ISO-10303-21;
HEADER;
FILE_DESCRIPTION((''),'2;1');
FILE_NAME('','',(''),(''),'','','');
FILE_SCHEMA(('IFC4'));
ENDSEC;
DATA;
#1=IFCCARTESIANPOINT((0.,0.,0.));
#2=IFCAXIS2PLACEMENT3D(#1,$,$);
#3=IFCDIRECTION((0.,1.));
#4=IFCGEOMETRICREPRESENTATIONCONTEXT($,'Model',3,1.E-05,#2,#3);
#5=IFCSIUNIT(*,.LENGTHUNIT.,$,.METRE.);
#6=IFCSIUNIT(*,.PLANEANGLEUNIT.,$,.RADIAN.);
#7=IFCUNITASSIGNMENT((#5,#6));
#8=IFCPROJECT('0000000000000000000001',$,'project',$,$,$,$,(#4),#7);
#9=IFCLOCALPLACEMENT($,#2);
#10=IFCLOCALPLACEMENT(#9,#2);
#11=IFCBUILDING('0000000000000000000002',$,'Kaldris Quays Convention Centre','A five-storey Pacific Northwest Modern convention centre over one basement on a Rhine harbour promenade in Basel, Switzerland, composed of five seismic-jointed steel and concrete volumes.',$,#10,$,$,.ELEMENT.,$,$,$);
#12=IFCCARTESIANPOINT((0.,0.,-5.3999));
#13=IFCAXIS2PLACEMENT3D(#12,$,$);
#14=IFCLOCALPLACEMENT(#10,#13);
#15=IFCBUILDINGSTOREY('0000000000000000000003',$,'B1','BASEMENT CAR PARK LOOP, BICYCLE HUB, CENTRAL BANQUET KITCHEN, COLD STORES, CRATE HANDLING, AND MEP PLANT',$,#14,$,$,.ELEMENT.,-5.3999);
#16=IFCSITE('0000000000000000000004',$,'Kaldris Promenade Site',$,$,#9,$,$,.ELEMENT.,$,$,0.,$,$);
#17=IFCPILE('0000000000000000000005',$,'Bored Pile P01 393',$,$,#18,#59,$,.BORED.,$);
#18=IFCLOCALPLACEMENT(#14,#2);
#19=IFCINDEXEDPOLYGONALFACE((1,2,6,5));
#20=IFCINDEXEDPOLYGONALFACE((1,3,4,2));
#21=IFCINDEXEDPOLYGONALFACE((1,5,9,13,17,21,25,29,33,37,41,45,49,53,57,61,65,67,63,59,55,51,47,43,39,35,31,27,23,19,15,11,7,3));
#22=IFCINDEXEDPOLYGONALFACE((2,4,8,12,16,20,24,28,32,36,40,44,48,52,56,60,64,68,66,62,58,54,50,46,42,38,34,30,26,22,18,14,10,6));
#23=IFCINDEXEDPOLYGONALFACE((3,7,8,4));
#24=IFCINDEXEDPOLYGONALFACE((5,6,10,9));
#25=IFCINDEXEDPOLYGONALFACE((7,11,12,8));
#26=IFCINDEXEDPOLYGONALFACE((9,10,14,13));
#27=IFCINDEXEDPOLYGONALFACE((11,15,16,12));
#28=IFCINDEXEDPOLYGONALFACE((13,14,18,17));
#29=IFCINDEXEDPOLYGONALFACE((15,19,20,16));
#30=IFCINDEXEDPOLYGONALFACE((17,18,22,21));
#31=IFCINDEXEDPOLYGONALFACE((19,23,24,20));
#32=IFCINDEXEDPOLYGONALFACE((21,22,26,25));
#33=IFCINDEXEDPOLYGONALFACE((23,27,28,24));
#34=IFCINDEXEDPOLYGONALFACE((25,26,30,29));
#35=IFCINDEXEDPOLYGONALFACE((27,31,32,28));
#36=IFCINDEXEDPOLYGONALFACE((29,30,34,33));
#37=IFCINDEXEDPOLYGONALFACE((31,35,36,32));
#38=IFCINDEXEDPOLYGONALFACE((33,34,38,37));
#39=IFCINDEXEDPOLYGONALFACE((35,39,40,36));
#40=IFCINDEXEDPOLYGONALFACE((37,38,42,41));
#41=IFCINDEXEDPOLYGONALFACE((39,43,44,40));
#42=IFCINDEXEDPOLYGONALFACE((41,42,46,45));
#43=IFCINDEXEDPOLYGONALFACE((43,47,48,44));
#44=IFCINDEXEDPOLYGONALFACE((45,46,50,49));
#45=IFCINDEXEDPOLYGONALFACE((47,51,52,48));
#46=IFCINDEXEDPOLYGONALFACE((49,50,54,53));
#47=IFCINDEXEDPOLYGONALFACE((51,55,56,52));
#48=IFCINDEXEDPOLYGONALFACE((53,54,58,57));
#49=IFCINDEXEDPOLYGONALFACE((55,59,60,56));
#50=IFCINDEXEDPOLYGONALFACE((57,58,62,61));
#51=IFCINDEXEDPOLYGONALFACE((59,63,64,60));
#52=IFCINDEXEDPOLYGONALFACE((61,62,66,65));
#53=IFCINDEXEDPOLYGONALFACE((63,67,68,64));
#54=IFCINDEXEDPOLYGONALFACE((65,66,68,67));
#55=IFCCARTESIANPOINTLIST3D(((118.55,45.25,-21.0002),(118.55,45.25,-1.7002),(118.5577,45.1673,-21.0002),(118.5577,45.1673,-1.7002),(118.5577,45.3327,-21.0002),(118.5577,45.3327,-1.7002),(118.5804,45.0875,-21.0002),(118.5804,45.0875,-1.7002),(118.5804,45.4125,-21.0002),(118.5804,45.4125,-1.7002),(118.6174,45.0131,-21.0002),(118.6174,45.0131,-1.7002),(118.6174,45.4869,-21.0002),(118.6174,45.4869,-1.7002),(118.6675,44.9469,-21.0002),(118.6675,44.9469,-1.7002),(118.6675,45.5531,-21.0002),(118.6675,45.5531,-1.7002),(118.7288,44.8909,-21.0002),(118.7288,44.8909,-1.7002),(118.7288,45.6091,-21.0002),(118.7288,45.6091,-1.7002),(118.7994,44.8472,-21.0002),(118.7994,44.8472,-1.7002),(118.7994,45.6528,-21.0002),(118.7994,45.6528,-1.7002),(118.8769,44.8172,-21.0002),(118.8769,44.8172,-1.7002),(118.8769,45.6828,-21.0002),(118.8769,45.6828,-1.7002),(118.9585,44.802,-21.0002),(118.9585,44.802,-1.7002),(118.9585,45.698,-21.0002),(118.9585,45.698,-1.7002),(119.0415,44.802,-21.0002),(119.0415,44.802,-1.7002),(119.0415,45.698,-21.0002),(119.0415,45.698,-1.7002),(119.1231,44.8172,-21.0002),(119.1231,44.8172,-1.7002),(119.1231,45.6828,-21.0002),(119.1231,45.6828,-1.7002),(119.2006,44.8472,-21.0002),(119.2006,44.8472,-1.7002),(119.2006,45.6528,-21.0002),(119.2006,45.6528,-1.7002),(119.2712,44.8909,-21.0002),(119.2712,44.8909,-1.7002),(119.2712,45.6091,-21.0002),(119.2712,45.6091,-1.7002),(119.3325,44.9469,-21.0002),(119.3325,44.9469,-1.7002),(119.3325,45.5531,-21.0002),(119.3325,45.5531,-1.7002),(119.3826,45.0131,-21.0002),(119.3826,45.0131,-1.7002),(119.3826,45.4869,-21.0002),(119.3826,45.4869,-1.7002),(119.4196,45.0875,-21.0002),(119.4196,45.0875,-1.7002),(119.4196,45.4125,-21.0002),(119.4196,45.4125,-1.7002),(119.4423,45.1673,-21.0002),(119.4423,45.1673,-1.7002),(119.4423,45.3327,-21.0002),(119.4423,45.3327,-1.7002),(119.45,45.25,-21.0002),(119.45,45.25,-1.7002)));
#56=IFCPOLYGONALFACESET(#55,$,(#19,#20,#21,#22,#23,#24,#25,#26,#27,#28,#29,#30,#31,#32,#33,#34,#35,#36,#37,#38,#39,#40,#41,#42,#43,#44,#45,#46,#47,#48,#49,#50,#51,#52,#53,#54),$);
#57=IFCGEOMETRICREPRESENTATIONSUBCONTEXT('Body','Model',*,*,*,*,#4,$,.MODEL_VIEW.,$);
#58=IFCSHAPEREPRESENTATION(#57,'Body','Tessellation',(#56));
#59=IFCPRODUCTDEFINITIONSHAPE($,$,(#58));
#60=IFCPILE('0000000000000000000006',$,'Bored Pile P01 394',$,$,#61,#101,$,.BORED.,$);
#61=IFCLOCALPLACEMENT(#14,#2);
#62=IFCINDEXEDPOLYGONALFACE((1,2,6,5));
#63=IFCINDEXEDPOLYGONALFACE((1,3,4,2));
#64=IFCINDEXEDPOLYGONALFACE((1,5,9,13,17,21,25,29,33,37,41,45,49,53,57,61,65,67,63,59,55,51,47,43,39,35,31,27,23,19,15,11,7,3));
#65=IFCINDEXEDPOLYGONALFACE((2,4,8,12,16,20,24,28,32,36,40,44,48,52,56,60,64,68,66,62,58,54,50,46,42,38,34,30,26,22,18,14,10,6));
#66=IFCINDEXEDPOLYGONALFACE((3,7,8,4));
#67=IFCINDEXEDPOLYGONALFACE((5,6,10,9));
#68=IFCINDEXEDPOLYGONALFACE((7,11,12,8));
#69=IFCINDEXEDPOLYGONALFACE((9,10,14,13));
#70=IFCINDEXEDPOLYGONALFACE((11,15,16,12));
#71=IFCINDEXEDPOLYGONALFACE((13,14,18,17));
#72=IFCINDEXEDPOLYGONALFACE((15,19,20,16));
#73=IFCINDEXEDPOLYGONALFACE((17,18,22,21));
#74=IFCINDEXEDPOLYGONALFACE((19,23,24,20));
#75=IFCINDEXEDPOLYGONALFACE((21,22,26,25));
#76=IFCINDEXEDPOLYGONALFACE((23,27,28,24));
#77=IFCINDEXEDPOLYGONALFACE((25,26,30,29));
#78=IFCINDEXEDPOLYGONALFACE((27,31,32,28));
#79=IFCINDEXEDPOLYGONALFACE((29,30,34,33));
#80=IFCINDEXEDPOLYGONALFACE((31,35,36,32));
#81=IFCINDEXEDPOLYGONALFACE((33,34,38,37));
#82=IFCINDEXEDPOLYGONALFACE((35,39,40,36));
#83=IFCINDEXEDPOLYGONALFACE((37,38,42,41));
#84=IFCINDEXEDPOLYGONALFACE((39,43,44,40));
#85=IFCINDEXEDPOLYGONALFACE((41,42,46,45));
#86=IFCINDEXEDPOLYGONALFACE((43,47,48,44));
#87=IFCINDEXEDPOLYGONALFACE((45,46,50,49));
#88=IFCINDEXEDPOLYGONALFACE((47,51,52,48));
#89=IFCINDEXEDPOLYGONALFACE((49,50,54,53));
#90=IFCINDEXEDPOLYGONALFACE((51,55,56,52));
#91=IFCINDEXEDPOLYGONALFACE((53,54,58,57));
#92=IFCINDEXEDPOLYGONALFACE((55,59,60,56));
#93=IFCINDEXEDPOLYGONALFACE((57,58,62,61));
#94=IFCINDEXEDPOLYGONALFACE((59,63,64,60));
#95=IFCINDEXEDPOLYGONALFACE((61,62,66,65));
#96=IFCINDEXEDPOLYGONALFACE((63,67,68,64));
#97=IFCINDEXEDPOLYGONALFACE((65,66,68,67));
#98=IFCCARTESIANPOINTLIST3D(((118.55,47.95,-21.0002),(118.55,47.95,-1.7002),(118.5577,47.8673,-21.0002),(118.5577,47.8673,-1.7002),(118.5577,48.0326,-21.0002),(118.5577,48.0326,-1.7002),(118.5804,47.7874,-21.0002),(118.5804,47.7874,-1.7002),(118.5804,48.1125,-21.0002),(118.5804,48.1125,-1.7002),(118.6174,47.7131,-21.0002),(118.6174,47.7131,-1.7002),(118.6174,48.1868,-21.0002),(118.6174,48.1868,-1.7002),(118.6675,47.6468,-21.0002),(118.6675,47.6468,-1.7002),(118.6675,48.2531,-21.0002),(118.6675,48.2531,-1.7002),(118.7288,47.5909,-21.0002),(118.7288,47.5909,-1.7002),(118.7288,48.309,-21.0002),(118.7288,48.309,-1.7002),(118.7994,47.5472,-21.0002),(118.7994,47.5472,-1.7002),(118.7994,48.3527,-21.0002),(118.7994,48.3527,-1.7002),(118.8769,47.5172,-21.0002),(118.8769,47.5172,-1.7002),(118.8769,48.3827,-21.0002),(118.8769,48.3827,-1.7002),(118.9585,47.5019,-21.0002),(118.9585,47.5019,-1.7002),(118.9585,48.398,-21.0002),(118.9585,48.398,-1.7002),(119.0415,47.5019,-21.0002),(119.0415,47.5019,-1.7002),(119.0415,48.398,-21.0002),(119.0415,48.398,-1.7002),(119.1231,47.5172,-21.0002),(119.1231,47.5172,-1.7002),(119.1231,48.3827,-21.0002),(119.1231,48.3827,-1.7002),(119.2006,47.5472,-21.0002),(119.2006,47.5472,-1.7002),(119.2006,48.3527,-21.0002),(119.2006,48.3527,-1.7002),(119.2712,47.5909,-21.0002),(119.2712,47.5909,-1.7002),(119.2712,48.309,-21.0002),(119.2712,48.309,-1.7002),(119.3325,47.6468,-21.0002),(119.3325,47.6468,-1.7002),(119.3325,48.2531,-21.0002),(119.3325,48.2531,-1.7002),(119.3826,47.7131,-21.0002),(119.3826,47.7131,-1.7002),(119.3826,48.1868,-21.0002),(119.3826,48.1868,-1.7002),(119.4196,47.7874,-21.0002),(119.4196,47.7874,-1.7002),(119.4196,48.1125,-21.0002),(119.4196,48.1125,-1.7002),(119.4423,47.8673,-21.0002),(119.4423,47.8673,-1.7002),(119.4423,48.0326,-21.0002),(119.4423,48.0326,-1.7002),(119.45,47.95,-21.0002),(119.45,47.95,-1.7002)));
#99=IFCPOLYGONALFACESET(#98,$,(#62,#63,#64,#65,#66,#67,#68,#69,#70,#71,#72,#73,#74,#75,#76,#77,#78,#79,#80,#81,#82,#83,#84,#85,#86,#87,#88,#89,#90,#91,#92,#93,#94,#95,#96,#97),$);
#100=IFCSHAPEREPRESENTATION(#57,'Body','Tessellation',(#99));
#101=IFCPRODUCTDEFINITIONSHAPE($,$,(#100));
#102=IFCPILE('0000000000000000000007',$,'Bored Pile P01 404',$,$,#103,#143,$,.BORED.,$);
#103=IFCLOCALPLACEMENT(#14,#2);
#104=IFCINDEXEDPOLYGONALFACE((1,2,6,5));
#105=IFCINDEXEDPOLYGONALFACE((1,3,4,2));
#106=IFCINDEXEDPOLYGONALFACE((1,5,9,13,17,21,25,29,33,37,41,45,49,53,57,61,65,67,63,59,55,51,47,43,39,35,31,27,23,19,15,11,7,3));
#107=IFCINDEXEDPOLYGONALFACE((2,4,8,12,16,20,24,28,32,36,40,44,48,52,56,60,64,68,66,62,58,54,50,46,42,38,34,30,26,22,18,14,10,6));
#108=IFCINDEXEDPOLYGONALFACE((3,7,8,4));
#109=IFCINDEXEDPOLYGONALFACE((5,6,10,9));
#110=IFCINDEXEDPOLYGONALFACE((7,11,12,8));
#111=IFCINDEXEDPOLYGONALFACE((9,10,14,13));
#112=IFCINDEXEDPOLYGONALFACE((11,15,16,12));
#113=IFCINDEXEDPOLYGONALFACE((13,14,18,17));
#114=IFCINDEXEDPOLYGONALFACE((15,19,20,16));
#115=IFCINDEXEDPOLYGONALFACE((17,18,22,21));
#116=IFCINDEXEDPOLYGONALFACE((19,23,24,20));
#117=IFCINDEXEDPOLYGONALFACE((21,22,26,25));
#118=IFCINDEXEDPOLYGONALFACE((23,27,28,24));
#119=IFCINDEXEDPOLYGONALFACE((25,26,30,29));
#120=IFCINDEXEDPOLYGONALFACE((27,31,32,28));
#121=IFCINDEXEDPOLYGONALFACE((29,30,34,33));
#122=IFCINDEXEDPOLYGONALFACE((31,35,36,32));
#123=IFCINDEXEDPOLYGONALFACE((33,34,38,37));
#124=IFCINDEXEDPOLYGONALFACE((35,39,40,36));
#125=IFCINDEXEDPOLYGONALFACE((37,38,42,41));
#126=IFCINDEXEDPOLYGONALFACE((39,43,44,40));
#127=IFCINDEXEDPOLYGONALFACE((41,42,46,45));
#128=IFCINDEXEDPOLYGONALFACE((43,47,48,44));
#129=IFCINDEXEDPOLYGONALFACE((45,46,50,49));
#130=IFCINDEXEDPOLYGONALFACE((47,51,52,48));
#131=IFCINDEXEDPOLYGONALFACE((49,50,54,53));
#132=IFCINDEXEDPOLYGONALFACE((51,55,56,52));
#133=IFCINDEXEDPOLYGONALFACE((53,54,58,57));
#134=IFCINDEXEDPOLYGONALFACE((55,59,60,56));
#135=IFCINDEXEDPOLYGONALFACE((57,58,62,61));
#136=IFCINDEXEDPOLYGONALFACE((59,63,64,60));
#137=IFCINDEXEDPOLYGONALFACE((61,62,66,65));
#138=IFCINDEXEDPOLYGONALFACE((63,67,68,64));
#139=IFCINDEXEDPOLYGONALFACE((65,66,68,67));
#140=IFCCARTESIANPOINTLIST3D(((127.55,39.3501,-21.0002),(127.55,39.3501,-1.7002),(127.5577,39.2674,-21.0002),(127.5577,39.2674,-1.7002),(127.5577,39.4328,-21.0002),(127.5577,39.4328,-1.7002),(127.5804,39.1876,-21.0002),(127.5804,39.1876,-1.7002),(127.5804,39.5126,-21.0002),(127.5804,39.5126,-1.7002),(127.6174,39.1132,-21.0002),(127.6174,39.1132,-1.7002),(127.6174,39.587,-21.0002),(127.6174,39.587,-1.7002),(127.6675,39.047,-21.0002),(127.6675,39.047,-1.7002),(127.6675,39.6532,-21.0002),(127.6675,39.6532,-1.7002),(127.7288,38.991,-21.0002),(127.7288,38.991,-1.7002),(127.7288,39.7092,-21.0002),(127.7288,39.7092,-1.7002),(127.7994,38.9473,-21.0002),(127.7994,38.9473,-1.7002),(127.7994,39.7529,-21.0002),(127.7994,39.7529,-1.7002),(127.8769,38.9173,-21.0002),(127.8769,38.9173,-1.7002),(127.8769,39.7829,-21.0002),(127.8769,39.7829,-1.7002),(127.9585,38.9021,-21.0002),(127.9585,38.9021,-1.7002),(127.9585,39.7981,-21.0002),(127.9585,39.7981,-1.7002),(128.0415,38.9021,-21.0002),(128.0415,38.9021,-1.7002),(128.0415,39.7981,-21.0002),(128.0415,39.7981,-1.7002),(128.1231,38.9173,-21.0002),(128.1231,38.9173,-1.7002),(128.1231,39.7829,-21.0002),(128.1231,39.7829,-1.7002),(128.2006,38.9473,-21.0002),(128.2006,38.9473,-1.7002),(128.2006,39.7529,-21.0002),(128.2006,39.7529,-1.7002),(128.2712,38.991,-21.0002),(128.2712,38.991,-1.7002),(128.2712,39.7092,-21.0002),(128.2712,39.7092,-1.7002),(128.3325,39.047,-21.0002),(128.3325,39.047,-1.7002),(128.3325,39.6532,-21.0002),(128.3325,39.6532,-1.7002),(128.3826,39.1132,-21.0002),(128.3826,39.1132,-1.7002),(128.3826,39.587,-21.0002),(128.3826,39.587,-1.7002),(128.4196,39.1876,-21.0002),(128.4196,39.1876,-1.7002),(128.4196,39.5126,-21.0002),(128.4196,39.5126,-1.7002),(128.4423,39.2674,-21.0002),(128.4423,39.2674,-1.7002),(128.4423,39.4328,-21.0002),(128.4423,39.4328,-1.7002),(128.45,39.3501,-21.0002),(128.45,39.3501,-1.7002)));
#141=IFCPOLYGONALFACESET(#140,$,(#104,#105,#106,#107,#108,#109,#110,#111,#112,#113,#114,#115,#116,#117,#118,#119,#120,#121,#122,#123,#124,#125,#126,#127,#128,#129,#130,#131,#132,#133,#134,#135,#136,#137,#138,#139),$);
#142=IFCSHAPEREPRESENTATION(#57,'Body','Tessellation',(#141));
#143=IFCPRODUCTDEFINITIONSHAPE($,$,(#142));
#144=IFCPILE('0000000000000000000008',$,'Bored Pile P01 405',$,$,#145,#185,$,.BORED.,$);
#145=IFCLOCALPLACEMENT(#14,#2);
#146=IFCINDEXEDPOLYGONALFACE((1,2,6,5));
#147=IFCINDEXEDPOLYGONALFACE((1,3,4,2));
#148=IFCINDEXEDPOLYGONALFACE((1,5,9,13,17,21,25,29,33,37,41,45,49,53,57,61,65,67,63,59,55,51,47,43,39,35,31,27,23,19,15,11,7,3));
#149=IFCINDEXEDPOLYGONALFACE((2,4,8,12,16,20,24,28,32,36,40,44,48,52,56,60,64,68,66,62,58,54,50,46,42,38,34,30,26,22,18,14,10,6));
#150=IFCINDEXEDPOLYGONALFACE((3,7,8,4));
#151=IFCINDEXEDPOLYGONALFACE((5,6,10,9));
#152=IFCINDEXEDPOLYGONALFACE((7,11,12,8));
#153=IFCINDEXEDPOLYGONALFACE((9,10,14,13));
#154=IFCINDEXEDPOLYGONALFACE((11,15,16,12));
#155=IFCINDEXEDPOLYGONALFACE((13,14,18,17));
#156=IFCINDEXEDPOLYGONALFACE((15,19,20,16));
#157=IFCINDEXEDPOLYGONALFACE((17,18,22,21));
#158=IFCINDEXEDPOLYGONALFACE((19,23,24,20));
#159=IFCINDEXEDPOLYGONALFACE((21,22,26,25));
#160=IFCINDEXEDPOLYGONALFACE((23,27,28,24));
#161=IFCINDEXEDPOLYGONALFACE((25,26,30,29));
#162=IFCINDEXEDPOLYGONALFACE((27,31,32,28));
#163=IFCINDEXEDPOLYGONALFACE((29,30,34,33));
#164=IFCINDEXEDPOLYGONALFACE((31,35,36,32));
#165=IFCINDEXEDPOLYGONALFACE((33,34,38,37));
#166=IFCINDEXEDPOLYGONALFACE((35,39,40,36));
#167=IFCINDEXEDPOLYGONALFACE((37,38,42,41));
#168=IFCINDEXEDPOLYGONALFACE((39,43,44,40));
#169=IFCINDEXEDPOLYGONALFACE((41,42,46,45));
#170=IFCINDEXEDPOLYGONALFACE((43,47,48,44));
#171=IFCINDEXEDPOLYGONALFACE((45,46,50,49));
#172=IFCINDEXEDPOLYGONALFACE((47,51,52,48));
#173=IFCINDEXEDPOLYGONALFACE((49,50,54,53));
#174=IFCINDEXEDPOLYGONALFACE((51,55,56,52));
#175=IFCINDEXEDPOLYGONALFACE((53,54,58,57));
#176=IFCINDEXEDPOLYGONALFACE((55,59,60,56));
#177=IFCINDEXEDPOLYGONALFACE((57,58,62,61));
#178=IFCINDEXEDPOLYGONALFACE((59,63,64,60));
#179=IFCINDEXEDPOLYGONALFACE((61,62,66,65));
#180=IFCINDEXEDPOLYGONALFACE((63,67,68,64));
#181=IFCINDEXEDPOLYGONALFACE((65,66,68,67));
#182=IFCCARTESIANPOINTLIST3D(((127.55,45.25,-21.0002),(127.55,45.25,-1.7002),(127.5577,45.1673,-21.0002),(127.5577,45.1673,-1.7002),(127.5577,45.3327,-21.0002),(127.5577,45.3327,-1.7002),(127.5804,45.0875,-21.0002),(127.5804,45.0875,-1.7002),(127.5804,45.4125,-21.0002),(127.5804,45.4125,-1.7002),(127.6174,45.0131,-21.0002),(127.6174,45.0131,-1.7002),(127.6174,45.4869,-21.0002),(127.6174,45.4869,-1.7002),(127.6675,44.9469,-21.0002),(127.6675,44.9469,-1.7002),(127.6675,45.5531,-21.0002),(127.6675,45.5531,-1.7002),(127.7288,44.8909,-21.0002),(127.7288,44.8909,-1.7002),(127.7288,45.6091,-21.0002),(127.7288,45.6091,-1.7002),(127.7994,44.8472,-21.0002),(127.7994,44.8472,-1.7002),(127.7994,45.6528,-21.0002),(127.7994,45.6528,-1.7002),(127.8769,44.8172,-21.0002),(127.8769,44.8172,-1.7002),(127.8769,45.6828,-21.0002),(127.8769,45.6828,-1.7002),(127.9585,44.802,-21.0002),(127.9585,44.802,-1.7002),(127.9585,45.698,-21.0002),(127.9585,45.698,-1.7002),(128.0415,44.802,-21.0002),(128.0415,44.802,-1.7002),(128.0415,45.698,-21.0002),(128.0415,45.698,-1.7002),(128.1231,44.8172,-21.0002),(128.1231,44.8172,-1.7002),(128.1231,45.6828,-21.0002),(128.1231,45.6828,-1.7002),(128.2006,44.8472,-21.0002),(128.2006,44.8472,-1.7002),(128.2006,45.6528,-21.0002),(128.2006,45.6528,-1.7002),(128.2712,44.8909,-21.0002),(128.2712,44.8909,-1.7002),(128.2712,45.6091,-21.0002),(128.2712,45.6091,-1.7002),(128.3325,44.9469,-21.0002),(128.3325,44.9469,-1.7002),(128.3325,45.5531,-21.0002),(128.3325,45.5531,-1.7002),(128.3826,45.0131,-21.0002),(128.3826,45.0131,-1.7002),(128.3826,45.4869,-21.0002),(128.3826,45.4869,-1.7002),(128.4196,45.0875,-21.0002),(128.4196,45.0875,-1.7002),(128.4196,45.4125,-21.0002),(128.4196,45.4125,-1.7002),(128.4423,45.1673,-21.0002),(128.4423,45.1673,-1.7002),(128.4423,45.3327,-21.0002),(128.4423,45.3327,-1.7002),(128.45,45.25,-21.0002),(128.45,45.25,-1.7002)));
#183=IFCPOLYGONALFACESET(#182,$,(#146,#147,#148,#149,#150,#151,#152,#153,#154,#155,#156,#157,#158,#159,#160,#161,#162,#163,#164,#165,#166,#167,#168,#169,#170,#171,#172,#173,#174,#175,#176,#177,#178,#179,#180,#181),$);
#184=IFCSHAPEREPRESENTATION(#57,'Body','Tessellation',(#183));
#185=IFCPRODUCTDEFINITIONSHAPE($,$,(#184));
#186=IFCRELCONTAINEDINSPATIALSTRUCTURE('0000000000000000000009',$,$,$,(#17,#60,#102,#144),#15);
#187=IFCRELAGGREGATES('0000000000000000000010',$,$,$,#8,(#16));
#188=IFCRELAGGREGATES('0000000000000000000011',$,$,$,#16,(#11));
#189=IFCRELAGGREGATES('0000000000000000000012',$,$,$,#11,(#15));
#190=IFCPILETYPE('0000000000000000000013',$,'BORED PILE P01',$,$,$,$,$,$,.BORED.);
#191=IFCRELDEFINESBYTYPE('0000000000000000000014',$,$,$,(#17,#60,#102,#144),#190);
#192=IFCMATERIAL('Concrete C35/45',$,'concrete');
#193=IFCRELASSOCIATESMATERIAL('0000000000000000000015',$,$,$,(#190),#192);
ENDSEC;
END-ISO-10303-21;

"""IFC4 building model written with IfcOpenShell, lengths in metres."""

from ifc_helpers import new_model, si_unit, direction, frame, origin, origin_2d, place, context, subcontext, project, spatial, circle, extrude, material, material_profile, profile_set, type_object, element, save


model = new_model("IFC4")

# Units and contexts
model_context = context("Model", 3, precision=1e-05, world=origin(), true_north=direction((0.0, 1.0)))
body_context = subcontext(model_context, "Body", "Model", "MODEL_VIEW")
ifc_project = project(units=[si_unit("LENGTHUNIT", "METRE"), si_unit("PLANEANGLEUNIT", "RADIAN")], contexts=[model_context])

# Site, building, storey
site_placement = place(None, origin())
site = spatial("IfcSite", under=ifc_project, at=site_placement, Name="Kaldris Promenade Site", CompositionType="ELEMENT", RefElevation=0.0)
building_placement = place(site_placement, origin())
building = spatial("IfcBuilding", under=site, at=building_placement, Name="Kaldris Quays Convention Centre", Description="A five-storey Pacific Northwest Modern convention centre over one basement on a Rhine harbour promenade in Basel, Switzerland, composed of five seismic-jointed steel and concrete volumes.", CompositionType="ELEMENT")
storey_placement = place(building_placement, frame((0.0, 0.0, -5.3999)))
storey = spatial("IfcBuildingStorey", under=building, at=storey_placement, Name="B1", Description="BASEMENT CAR PARK LOOP, BICYCLE HUB, CENTRAL BANQUET KITCHEN, COLD STORES, CRATE HANDLING, AND MEP PLANT", CompositionType="ELEMENT", Elevation=-5.3999)

# Piles
ifc_material_1 = material(Name="Concrete C35/45", Category="concrete")
ifc_material_profile_1 = material_profile(ifc_material_1, circle(Radius=0.45, at=origin_2d()), Name="BORED PILE D900")
ifc_profile_set_1 = profile_set([ifc_material_profile_1], Name="Concrete C35/45")
pile_type = type_object("IfcPileType", Name="BORED PILE P01", PredefinedType="BORED", material=ifc_profile_set_1)
for number, where, z_axis, x_axis, name in (
    (1, (119.0, 45.25, -1.7002), (0.0, 0.0, -1.0), (1.0, 0.0, 0.0), "Bored Pile P01 393"),
    (2, (119.0, 47.95, -1.7002), (0.0, 0.0, -1.0), (1.0, 0.0, 0.0), "Bored Pile P01 394"),
    (3, (128.0, 39.3501, -1.7002), (0.0, 0.0, -1.0), (1.0, 0.0, 0.0), "Bored Pile P01 404"),
    (4, (128.0, 45.25, -1.7002), (0.0, 0.0, -1.0), (1.0, 0.0, 0.0), "Bored Pile P01 405"),
):
    element("IfcPile", number, at=place(storey_placement, frame(where, z_axis=z_axis, x_axis=x_axis)), inside=storey, type_object=pile_type, Name=name, PredefinedType="BORED", context=body_context, shape_type="SweptSolid", body=[
        extrude(circle(Radius=0.45, at=origin_2d()), origin(), (0.0, 0.0, 1.0), 19.3),
    ])

save(model, "model.ifc")
